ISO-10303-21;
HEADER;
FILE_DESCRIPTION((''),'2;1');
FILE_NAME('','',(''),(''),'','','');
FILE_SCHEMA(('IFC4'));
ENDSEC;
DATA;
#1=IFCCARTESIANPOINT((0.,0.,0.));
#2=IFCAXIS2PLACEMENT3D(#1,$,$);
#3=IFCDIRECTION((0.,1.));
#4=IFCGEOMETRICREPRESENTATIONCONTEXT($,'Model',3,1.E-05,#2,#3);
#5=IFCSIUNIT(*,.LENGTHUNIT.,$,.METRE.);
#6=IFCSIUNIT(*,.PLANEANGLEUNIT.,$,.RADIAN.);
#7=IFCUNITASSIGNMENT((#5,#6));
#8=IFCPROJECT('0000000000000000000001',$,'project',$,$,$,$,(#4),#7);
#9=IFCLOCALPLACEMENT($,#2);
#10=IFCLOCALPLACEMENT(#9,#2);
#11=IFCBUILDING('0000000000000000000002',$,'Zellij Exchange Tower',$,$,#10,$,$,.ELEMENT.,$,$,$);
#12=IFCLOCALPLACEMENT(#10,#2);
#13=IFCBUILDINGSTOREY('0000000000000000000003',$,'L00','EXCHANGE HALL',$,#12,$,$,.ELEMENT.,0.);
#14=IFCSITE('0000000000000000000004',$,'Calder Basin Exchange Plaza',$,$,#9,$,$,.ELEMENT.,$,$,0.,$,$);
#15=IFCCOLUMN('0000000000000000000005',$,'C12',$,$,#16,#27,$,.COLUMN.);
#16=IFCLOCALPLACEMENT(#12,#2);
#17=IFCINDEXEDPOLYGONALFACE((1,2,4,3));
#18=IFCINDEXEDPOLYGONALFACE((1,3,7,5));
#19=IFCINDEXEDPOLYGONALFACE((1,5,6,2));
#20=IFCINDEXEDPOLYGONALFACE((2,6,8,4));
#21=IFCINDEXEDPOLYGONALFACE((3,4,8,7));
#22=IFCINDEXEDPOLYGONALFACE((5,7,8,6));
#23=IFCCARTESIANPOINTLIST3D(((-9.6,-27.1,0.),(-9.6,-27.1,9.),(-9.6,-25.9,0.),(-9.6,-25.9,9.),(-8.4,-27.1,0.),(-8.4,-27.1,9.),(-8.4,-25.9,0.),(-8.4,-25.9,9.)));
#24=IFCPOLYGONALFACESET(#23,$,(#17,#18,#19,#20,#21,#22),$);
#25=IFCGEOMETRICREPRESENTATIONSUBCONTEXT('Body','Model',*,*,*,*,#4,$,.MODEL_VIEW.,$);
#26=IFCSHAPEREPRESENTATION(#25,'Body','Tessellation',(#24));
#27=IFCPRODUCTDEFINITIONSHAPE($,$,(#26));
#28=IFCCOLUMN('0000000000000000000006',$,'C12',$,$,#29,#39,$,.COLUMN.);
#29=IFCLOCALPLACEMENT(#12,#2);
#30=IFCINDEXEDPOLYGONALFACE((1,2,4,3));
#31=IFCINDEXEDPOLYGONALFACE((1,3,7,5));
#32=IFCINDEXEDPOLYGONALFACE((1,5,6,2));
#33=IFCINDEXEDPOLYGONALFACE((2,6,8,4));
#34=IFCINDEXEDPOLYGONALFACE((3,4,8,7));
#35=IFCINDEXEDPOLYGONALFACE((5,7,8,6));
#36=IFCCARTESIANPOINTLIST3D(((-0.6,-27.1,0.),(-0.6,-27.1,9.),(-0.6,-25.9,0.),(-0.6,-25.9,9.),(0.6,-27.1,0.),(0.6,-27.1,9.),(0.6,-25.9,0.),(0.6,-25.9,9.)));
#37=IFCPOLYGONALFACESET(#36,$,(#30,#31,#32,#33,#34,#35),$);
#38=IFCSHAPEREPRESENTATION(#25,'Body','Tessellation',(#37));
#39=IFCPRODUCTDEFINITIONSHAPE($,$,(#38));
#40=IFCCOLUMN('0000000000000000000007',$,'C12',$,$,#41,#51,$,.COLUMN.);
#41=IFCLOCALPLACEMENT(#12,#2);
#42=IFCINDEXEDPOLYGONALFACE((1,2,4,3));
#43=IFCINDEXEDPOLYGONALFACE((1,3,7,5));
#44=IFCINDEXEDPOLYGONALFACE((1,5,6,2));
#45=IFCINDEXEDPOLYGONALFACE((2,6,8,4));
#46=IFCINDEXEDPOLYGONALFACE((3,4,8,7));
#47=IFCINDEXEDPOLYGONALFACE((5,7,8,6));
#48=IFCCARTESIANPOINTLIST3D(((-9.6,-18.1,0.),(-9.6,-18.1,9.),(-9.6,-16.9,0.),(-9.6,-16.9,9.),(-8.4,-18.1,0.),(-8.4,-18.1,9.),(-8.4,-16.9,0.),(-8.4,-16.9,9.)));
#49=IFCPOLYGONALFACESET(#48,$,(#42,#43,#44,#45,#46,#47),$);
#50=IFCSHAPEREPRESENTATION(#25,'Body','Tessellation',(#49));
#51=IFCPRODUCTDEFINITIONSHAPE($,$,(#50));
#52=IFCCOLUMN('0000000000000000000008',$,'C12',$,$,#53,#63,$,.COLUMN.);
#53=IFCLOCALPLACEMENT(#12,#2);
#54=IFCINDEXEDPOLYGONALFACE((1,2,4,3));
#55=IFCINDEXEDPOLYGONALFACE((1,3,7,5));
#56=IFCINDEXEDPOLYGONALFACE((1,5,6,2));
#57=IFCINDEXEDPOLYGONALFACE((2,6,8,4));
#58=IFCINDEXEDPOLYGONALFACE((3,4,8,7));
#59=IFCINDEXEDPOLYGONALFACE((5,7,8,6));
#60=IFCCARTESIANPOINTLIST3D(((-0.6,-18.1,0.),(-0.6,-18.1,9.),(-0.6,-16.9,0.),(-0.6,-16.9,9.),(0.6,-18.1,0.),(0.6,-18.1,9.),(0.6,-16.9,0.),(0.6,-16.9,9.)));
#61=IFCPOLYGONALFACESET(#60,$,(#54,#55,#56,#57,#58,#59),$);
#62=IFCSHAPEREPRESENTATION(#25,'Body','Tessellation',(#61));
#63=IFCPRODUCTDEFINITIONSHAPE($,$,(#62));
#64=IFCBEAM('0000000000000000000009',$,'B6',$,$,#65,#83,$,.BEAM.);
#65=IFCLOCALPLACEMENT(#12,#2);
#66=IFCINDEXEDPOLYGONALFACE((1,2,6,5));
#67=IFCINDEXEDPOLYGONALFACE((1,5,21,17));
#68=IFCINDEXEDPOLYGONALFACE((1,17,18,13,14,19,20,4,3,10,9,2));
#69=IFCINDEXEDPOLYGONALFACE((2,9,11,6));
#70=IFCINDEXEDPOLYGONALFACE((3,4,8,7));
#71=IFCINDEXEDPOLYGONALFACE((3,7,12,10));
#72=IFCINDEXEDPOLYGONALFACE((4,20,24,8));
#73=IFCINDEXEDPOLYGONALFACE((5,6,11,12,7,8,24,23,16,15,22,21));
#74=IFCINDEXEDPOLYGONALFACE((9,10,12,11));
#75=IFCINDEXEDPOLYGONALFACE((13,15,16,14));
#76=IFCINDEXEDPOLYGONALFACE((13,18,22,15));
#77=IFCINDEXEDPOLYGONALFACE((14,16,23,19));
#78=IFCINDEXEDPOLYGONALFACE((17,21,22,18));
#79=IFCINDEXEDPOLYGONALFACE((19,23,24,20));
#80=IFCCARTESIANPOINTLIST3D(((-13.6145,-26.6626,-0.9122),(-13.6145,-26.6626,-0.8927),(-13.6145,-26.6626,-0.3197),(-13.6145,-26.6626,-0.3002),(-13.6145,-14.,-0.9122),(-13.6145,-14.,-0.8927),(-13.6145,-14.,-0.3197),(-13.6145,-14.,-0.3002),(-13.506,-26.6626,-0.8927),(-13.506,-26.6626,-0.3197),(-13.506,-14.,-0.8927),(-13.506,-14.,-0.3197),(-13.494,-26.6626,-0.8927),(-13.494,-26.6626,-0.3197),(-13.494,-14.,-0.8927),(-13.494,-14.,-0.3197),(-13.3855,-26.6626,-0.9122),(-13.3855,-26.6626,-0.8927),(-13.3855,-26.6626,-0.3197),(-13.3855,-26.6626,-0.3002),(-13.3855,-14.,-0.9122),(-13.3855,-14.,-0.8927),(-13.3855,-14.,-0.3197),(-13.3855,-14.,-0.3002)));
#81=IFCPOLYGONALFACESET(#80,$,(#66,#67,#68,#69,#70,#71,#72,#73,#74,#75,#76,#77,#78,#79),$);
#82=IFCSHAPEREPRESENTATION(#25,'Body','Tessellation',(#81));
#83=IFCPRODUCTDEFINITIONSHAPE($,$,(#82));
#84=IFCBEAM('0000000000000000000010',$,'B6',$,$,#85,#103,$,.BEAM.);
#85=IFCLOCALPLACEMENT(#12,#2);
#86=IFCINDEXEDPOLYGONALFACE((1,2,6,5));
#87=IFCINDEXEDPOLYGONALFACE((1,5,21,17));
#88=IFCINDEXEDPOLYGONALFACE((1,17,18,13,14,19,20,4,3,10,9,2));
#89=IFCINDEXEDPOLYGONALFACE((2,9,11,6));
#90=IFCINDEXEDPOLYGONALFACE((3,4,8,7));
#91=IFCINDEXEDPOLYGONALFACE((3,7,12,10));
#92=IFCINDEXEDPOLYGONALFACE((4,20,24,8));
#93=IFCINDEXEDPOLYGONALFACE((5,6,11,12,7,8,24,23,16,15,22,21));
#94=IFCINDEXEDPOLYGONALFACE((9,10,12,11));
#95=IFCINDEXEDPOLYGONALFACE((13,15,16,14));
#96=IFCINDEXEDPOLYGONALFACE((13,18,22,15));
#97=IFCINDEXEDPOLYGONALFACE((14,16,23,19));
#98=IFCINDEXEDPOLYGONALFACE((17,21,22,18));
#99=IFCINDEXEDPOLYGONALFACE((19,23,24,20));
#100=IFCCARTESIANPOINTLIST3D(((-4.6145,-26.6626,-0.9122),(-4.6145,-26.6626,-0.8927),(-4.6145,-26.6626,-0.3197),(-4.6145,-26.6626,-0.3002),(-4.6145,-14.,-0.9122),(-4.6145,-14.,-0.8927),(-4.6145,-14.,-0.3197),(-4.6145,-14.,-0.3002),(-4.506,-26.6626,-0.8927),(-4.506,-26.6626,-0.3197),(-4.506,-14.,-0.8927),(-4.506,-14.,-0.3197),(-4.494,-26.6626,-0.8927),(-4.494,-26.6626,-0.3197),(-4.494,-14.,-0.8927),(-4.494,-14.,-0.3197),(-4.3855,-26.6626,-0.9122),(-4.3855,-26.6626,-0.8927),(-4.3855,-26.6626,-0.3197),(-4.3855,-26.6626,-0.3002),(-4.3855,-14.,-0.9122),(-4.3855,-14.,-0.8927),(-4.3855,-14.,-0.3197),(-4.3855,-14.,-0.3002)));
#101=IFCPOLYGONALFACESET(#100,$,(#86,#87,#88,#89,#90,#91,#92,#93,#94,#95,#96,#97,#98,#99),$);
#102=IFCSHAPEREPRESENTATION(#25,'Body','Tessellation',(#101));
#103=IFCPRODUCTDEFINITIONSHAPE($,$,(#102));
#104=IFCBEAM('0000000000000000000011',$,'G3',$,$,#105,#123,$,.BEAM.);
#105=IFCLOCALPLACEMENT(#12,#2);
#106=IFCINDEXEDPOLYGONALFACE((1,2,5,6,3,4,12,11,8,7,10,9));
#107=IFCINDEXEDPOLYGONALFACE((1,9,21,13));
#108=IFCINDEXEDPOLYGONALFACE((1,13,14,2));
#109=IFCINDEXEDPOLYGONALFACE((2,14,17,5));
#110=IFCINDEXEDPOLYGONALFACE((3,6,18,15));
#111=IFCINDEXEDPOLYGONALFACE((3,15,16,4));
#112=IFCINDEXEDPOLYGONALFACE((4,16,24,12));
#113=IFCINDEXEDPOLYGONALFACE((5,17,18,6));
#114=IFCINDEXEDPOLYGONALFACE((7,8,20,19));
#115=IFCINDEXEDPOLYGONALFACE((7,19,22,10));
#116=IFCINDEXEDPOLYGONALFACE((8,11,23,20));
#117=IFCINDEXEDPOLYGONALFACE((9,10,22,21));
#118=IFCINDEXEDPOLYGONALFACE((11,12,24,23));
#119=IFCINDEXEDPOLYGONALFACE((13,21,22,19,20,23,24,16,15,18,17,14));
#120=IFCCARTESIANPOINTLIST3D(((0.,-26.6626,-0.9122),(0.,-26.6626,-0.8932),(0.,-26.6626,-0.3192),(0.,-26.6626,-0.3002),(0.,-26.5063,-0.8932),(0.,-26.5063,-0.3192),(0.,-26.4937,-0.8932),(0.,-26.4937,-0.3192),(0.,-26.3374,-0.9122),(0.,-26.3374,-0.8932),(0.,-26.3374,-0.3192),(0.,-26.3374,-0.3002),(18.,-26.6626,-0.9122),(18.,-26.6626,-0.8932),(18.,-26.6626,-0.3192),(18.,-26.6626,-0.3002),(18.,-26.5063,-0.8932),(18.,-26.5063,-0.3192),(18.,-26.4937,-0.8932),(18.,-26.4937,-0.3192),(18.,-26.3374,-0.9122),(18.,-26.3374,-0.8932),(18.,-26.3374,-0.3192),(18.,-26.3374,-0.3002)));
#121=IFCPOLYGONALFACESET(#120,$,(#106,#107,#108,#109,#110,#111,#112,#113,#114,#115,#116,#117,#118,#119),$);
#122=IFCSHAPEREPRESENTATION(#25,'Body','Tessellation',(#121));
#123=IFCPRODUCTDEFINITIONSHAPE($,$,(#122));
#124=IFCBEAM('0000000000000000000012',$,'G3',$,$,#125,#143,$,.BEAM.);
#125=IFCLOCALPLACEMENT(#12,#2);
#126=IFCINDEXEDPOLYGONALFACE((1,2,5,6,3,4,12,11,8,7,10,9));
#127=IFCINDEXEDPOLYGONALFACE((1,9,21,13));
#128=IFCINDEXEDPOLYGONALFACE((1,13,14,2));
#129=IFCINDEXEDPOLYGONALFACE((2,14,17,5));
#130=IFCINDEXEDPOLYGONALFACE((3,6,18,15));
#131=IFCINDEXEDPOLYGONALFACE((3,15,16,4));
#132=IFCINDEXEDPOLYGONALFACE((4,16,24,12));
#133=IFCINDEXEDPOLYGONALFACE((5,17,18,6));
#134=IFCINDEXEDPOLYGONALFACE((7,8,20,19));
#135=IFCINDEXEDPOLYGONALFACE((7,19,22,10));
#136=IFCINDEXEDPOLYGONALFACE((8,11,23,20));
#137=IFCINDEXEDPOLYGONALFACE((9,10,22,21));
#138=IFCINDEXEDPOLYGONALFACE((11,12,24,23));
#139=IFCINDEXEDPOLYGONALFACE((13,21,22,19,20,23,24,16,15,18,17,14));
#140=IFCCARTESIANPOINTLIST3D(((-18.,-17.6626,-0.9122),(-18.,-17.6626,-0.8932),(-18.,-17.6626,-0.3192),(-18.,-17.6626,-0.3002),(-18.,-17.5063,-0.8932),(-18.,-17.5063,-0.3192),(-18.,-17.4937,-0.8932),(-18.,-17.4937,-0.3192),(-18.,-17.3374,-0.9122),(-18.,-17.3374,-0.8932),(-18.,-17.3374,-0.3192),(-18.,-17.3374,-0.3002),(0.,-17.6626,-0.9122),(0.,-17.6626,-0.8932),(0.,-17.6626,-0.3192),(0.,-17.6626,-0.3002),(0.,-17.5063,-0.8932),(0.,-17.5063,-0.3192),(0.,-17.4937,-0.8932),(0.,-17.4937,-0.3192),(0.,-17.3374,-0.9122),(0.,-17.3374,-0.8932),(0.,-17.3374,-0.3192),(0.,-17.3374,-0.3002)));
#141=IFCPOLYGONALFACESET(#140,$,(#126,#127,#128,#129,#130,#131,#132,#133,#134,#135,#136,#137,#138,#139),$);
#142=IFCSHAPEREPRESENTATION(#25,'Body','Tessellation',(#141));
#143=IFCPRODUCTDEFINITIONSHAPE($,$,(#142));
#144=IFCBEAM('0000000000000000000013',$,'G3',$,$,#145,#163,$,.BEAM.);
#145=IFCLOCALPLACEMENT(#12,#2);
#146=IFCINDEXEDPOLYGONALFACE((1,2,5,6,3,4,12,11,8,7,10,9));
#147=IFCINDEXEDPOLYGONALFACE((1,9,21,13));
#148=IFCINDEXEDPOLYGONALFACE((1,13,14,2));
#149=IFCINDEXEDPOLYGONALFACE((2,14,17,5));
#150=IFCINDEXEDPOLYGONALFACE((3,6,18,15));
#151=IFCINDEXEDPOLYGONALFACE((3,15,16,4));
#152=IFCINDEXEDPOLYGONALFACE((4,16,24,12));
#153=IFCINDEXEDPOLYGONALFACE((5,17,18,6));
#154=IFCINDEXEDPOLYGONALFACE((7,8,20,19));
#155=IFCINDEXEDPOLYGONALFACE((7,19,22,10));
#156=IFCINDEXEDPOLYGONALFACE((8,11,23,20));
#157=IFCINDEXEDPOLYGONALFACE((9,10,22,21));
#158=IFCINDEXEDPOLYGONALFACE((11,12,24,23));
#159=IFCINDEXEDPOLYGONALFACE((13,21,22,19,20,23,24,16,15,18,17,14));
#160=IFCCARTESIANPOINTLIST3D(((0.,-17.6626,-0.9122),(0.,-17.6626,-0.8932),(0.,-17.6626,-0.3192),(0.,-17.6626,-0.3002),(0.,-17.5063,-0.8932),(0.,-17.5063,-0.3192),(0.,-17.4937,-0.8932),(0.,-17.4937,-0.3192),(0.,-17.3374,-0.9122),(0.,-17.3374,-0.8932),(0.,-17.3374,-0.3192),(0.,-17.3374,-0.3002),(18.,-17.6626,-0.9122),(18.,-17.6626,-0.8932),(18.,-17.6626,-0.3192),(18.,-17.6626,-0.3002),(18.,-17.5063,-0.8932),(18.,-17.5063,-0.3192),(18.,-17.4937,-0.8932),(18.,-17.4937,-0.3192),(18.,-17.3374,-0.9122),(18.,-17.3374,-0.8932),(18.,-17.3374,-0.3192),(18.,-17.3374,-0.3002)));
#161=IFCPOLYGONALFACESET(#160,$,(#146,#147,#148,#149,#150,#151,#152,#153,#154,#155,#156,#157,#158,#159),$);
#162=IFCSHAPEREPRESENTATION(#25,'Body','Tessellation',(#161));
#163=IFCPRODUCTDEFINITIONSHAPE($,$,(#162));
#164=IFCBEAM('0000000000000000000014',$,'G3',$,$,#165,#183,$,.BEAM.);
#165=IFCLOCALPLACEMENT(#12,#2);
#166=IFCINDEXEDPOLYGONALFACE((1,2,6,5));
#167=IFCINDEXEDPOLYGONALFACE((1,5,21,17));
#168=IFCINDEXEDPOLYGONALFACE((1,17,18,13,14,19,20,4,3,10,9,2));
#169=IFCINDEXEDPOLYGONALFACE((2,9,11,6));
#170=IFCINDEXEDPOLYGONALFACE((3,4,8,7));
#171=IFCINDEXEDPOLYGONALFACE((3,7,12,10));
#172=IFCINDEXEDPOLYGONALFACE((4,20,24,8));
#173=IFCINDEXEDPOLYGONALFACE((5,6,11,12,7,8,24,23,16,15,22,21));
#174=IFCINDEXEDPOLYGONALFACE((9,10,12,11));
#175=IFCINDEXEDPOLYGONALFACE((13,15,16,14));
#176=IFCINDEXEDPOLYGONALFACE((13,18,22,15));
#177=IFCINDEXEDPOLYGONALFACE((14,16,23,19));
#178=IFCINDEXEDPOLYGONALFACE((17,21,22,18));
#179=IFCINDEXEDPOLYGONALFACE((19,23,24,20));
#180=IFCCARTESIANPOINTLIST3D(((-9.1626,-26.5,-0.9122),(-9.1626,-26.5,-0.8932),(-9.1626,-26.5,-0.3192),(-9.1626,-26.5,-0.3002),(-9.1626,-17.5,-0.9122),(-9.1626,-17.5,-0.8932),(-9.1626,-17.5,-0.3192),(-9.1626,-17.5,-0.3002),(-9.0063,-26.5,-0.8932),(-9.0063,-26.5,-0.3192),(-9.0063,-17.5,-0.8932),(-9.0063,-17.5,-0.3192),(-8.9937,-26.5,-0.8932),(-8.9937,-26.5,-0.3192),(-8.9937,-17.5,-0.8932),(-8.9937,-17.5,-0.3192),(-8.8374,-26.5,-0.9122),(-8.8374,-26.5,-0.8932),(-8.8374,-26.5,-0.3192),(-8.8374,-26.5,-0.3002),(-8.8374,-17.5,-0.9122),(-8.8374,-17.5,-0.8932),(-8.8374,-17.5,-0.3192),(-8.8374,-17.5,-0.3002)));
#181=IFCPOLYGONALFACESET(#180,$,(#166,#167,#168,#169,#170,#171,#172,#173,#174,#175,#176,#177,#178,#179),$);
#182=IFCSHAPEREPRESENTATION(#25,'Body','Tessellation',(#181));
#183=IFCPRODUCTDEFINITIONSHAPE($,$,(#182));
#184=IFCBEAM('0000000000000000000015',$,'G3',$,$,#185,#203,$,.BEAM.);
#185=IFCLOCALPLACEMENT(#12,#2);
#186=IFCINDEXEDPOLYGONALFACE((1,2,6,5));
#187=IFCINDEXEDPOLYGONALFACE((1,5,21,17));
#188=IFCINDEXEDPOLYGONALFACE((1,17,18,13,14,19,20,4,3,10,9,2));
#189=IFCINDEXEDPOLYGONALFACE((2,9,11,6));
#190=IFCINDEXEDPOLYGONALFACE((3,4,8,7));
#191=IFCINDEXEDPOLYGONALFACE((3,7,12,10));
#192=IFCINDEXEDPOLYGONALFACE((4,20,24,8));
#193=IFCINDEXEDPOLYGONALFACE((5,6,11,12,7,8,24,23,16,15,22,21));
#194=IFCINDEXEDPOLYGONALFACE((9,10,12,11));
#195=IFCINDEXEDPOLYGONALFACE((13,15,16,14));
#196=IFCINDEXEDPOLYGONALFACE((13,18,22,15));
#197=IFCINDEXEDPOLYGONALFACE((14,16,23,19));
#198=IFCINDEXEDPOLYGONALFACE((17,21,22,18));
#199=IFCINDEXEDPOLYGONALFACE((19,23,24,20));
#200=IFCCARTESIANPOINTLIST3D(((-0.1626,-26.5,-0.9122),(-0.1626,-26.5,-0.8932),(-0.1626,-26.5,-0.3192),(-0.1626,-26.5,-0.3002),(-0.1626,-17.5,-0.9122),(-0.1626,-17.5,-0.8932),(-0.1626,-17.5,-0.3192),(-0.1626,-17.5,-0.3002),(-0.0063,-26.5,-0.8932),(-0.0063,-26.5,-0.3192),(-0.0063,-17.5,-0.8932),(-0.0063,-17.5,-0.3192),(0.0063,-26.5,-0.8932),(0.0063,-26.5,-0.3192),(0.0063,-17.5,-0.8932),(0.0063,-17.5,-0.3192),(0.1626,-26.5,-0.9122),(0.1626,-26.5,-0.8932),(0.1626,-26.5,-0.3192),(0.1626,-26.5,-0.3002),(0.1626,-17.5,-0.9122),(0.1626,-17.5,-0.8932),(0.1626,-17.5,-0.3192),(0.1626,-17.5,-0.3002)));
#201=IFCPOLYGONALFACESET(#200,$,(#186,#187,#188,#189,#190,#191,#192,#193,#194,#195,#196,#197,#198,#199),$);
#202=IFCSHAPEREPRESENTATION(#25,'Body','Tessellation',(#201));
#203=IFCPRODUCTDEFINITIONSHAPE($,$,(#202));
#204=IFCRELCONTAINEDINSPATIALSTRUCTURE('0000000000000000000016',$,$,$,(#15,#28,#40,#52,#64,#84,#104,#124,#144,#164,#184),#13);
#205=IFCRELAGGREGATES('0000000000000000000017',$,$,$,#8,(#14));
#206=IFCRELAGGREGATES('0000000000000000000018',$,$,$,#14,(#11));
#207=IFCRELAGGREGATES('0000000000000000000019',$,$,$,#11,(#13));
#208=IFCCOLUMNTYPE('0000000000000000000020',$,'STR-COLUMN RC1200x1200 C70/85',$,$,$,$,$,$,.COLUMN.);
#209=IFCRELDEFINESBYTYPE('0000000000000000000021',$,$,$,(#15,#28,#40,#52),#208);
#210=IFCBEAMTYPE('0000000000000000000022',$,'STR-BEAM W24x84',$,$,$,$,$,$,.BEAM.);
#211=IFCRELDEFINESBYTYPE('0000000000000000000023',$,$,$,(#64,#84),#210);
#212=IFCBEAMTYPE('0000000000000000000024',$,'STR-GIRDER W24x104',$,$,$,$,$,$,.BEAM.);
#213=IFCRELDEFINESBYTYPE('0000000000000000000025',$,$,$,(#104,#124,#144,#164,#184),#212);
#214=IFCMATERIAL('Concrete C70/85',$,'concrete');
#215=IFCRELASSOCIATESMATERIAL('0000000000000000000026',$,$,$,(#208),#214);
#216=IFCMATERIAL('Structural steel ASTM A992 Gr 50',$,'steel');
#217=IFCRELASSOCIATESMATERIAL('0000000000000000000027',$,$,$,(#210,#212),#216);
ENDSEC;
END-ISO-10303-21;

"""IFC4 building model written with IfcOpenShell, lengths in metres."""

from ifc_helpers import new_model, si_unit, direction, frame, origin, origin_2d, place, context, subcontext, project, spatial, rectangle, i_section, extrude, material, material_profile, profile_set, type_object, element, save


model = new_model("IFC4")

# Units and contexts
model_context = context("Model", 3, precision=1e-05, world=origin(), true_north=direction((0.0, 1.0)))
body_context = subcontext(model_context, "Body", "Model", "MODEL_VIEW")
ifc_project = project(units=[si_unit("LENGTHUNIT", "METRE"), si_unit("PLANEANGLEUNIT", "RADIAN")], contexts=[model_context])

# Site, building, storey
site_placement = place(None, origin())
site = spatial("IfcSite", under=ifc_project, at=site_placement, Name="Calder Basin Exchange Plaza", CompositionType="ELEMENT", RefElevation=0.0)
building_placement = place(site_placement, origin())
building = spatial("IfcBuilding", under=site, at=building_placement, Name="Zellij Exchange Tower", CompositionType="ELEMENT")
storey_placement = place(building_placement, origin())
storey = spatial("IfcBuildingStorey", under=building, at=storey_placement, Name="L00", Description="EXCHANGE HALL", CompositionType="ELEMENT", Elevation=0.0)

# Columns
ifc_material_1 = material(Name="Concrete C70/85", Category="concrete")
ifc_material_profile_1 = material_profile(ifc_material_1, rectangle(XDim=1.2, YDim=1.2, at=origin_2d()), Name="STR-COLUMN RC1200x1200 C70/85")
ifc_profile_set_1 = profile_set([ifc_material_profile_1], Name="Concrete C70/85")
column_type = type_object("IfcColumnType", Name="STR-COLUMN RC1200x1200 C70/85", PredefinedType="COLUMN", material=ifc_profile_set_1)
for number, where, z_axis, x_axis, name in (
    (1, (-9.0, -26.5, 0.0), (0.0, 0.0, 1.0), (1.0, 0.0, 0.0), "C12"),
    (2, (0.0, -26.5, 0.0), (0.0, 0.0, 1.0), (1.0, 0.0, 0.0), "C12"),
    (3, (-9.0, -17.5, 0.0), (0.0, 0.0, 1.0), (1.0, 0.0, 0.0), "C12"),
    (4, (0.0, -17.5, 0.0), (0.0, 0.0, 1.0), (1.0, 0.0, 0.0), "C12"),
):
    element("IfcColumn", number, at=place(storey_placement, frame(where, z_axis=z_axis, x_axis=x_axis)), inside=storey, type_object=column_type, Name=name, PredefinedType="COLUMN", context=body_context, shape_type="SweptSolid", body=[
        extrude(rectangle(XDim=1.2, YDim=1.2, at=origin_2d()), origin(), (0.0, 0.0, 1.0), 9.0),
    ])

# Beams
ifc_material_2 = material(Name="Structural steel ASTM A992 Gr 50", Category="steel")
ifc_material_profile_2 = material_profile(ifc_material_2, i_section(OverallWidth=0.229, OverallDepth=0.6121, WebThickness=0.012, FlangeThickness=0.0195, at=origin_2d()), Name="W24x84")
ifc_profile_set_2 = profile_set([ifc_material_profile_2], Name="Structural steel ASTM A992 Gr 50")
beam_type_1 = type_object("IfcBeamType", Name="STR-BEAM W24x84", PredefinedType="BEAM", material=ifc_profile_set_2)
for number, where, z_axis, x_axis, name in (
    (5, (-13.5, -26.6626, -0.6062), (0.0, 1.0, 0.0), (-1.0, 0.0, 0.0), "B6"),
    (6, (-4.5, -26.6626, -0.6062), (0.0, 1.0, 0.0), (-1.0, 0.0, 0.0), "B6"),
):
    element("IfcBeam", number, at=place(storey_placement, frame(where, z_axis=z_axis, x_axis=x_axis)), inside=storey, type_object=beam_type_1, Name=name, PredefinedType="BEAM", context=body_context, shape_type="SweptSolid", body=[
        extrude(i_section(OverallWidth=0.229, OverallDepth=0.6121, WebThickness=0.012, FlangeThickness=0.0195, at=origin_2d()), origin(), (0.0, 0.0, 1.0), 12.6626),
    ])
ifc_material_profile_3 = material_profile(ifc_material_2, i_section(OverallWidth=0.3252, OverallDepth=0.6121, WebThickness=0.0127, FlangeThickness=0.019, at=origin_2d()), Name="W24x104")
ifc_profile_set_3 = profile_set([ifc_material_profile_3], Name="Structural steel ASTM A992 Gr 50")
beam_type_2 = type_object("IfcBeamType", Name="STR-GIRDER W24x104", PredefinedType="BEAM", material=ifc_profile_set_3)
for number, where, z_axis, x_axis, name in (
    (7, (0.0, -26.5, -0.6062), (1.0, 0.0, 0.0), (0.0, 1.0, 0.0), "G3"),
    (8, (-18.0, -17.5, -0.6062), (1.0, 0.0, 0.0), (0.0, 1.0, 0.0), "G3"),
    (9, (0.0, -17.5, -0.6062), (1.0, 0.0, 0.0), (0.0, 1.0, 0.0), "G3"),
):
    element("IfcBeam", number, at=place(storey_placement, frame(where, z_axis=z_axis, x_axis=x_axis)), inside=storey, type_object=beam_type_2, Name=name, PredefinedType="BEAM", context=body_context, shape_type="SweptSolid", body=[
        extrude(i_section(OverallWidth=0.3252, OverallDepth=0.6121, WebThickness=0.0127, FlangeThickness=0.019, at=origin_2d()), origin(), (0.0, 0.0, 1.0), 18.0),
    ])
for number, where, z_axis, x_axis, name in (
    (10, (-9.0, -26.5, -0.6062), (0.0, 1.0, 0.0), (-1.0, 0.0, 0.0), "G3"),
    (11, (0.0, -26.5, -0.6062), (0.0, 1.0, 0.0), (-1.0, 0.0, 0.0), "G3"),
):
    element("IfcBeam", number, at=place(storey_placement, frame(where, z_axis=z_axis, x_axis=x_axis)), inside=storey, type_object=beam_type_2, Name=name, PredefinedType="BEAM", context=body_context, shape_type="SweptSolid", body=[
        extrude(i_section(OverallWidth=0.3252, OverallDepth=0.6121, WebThickness=0.0127, FlangeThickness=0.019, at=origin_2d()), origin(), (0.0, 0.0, 1.0), 9.0),
    ])

save(model, "model.ifc")
